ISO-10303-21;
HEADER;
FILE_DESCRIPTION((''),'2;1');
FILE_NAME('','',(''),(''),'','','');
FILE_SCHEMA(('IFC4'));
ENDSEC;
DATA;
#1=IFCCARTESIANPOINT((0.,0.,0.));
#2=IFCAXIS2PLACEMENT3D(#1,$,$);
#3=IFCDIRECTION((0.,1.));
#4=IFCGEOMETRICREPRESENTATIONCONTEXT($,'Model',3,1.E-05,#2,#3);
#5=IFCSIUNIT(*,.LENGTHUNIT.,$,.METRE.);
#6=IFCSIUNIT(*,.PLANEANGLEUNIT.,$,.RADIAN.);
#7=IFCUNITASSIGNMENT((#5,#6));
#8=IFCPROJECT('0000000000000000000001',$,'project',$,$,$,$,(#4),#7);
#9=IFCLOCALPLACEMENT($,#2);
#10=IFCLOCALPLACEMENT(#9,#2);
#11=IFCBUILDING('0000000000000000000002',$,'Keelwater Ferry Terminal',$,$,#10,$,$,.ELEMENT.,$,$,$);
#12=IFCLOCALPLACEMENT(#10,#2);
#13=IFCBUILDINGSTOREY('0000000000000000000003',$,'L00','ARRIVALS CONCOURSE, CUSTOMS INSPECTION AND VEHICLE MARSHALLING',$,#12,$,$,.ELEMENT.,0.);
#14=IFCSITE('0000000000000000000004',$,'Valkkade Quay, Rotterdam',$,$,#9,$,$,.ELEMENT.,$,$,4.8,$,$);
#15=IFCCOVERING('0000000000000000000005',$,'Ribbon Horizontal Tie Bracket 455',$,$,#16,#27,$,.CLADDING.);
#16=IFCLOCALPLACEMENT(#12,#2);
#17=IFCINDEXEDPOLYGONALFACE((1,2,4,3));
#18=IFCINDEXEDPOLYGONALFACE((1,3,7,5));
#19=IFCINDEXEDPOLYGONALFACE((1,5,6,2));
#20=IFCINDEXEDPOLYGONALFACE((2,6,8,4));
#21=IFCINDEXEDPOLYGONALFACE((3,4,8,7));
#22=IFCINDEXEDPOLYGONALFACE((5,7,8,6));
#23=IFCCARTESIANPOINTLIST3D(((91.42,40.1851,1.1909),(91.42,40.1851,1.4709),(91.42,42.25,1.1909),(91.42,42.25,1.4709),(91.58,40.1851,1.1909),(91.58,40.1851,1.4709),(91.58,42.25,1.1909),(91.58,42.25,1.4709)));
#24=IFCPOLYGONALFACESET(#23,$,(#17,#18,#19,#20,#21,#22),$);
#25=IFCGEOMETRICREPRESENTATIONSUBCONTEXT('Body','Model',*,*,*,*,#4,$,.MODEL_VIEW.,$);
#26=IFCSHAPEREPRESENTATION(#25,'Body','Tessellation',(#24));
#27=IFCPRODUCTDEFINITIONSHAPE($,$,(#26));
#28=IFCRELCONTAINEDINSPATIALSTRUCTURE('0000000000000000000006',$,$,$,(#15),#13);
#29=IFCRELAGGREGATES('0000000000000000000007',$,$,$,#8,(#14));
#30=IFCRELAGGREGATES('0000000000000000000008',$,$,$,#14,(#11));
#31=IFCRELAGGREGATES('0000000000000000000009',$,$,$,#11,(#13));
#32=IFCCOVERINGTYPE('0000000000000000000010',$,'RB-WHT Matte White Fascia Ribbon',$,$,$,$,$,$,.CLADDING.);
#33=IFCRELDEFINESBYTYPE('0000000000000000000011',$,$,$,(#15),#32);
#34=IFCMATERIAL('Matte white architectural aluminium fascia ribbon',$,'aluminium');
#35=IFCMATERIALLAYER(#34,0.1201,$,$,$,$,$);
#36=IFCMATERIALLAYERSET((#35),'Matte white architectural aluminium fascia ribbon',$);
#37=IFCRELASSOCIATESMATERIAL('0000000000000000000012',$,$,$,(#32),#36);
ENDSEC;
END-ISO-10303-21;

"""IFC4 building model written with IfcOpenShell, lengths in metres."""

from ifc_helpers import new_model, si_unit, direction, frame, frame_2d, origin, place, context, subcontext, project, spatial, rectangle, extrude, material, layer, layer_set, type_object, element, save


model = new_model("IFC4")

# Units and contexts
model_context = context("Model", 3, precision=1e-05, world=origin(), true_north=direction((0.0, 1.0)))
body_context = subcontext(model_context, "Body", "Model", "MODEL_VIEW")
ifc_project = project(units=[si_unit("LENGTHUNIT", "METRE"), si_unit("PLANEANGLEUNIT", "RADIAN")], contexts=[model_context])

# Site, building, storey
site_placement = place(None, origin())
site = spatial("IfcSite", under=ifc_project, at=site_placement, Name="Valkkade Quay, Rotterdam", CompositionType="ELEMENT", RefElevation=4.8)
building_placement = place(site_placement, origin())
building = spatial("IfcBuilding", under=site, at=building_placement, Name="Keelwater Ferry Terminal", CompositionType="ELEMENT")
storey_placement = place(building_placement, origin())
storey = spatial("IfcBuildingStorey", under=building, at=storey_placement, Name="L00", Description="ARRIVALS CONCOURSE, CUSTOMS INSPECTION AND VEHICLE MARSHALLING", CompositionType="ELEMENT", Elevation=0.0)

# Covering
ifc_material_1 = material(Name="Matte white architectural aluminium fascia ribbon", Category="aluminium")
ifc_layer = layer(ifc_material_1, 0.1201)
ifc_layer_set = layer_set([ifc_layer], Name="Matte white architectural aluminium fascia ribbon")
covering_type = type_object("IfcCoveringType", Name="RB-WHT Matte White Fascia Ribbon", PredefinedType="CLADDING", material=ifc_layer_set)
covering_1_placement = place(storey_placement, frame((91.5, 40.1851, 1.1909), z_axis=(0.0, 0.0, 1.0), x_axis=(0.0, 1.0, 0.0)))
element("IfcCovering", 1, at=covering_1_placement, inside=storey, type_object=covering_type, Name="Ribbon Horizontal Tie Bracket 455", PredefinedType="CLADDING", context=body_context, shape_type="SweptSolid", body=[
    extrude(rectangle(XDim=2.0649, YDim=0.1599, at=frame_2d((1.0325, 0.0))), origin(), (0.0, 0.0, 1.0), 0.28),
])

save(model, "model.ifc")
